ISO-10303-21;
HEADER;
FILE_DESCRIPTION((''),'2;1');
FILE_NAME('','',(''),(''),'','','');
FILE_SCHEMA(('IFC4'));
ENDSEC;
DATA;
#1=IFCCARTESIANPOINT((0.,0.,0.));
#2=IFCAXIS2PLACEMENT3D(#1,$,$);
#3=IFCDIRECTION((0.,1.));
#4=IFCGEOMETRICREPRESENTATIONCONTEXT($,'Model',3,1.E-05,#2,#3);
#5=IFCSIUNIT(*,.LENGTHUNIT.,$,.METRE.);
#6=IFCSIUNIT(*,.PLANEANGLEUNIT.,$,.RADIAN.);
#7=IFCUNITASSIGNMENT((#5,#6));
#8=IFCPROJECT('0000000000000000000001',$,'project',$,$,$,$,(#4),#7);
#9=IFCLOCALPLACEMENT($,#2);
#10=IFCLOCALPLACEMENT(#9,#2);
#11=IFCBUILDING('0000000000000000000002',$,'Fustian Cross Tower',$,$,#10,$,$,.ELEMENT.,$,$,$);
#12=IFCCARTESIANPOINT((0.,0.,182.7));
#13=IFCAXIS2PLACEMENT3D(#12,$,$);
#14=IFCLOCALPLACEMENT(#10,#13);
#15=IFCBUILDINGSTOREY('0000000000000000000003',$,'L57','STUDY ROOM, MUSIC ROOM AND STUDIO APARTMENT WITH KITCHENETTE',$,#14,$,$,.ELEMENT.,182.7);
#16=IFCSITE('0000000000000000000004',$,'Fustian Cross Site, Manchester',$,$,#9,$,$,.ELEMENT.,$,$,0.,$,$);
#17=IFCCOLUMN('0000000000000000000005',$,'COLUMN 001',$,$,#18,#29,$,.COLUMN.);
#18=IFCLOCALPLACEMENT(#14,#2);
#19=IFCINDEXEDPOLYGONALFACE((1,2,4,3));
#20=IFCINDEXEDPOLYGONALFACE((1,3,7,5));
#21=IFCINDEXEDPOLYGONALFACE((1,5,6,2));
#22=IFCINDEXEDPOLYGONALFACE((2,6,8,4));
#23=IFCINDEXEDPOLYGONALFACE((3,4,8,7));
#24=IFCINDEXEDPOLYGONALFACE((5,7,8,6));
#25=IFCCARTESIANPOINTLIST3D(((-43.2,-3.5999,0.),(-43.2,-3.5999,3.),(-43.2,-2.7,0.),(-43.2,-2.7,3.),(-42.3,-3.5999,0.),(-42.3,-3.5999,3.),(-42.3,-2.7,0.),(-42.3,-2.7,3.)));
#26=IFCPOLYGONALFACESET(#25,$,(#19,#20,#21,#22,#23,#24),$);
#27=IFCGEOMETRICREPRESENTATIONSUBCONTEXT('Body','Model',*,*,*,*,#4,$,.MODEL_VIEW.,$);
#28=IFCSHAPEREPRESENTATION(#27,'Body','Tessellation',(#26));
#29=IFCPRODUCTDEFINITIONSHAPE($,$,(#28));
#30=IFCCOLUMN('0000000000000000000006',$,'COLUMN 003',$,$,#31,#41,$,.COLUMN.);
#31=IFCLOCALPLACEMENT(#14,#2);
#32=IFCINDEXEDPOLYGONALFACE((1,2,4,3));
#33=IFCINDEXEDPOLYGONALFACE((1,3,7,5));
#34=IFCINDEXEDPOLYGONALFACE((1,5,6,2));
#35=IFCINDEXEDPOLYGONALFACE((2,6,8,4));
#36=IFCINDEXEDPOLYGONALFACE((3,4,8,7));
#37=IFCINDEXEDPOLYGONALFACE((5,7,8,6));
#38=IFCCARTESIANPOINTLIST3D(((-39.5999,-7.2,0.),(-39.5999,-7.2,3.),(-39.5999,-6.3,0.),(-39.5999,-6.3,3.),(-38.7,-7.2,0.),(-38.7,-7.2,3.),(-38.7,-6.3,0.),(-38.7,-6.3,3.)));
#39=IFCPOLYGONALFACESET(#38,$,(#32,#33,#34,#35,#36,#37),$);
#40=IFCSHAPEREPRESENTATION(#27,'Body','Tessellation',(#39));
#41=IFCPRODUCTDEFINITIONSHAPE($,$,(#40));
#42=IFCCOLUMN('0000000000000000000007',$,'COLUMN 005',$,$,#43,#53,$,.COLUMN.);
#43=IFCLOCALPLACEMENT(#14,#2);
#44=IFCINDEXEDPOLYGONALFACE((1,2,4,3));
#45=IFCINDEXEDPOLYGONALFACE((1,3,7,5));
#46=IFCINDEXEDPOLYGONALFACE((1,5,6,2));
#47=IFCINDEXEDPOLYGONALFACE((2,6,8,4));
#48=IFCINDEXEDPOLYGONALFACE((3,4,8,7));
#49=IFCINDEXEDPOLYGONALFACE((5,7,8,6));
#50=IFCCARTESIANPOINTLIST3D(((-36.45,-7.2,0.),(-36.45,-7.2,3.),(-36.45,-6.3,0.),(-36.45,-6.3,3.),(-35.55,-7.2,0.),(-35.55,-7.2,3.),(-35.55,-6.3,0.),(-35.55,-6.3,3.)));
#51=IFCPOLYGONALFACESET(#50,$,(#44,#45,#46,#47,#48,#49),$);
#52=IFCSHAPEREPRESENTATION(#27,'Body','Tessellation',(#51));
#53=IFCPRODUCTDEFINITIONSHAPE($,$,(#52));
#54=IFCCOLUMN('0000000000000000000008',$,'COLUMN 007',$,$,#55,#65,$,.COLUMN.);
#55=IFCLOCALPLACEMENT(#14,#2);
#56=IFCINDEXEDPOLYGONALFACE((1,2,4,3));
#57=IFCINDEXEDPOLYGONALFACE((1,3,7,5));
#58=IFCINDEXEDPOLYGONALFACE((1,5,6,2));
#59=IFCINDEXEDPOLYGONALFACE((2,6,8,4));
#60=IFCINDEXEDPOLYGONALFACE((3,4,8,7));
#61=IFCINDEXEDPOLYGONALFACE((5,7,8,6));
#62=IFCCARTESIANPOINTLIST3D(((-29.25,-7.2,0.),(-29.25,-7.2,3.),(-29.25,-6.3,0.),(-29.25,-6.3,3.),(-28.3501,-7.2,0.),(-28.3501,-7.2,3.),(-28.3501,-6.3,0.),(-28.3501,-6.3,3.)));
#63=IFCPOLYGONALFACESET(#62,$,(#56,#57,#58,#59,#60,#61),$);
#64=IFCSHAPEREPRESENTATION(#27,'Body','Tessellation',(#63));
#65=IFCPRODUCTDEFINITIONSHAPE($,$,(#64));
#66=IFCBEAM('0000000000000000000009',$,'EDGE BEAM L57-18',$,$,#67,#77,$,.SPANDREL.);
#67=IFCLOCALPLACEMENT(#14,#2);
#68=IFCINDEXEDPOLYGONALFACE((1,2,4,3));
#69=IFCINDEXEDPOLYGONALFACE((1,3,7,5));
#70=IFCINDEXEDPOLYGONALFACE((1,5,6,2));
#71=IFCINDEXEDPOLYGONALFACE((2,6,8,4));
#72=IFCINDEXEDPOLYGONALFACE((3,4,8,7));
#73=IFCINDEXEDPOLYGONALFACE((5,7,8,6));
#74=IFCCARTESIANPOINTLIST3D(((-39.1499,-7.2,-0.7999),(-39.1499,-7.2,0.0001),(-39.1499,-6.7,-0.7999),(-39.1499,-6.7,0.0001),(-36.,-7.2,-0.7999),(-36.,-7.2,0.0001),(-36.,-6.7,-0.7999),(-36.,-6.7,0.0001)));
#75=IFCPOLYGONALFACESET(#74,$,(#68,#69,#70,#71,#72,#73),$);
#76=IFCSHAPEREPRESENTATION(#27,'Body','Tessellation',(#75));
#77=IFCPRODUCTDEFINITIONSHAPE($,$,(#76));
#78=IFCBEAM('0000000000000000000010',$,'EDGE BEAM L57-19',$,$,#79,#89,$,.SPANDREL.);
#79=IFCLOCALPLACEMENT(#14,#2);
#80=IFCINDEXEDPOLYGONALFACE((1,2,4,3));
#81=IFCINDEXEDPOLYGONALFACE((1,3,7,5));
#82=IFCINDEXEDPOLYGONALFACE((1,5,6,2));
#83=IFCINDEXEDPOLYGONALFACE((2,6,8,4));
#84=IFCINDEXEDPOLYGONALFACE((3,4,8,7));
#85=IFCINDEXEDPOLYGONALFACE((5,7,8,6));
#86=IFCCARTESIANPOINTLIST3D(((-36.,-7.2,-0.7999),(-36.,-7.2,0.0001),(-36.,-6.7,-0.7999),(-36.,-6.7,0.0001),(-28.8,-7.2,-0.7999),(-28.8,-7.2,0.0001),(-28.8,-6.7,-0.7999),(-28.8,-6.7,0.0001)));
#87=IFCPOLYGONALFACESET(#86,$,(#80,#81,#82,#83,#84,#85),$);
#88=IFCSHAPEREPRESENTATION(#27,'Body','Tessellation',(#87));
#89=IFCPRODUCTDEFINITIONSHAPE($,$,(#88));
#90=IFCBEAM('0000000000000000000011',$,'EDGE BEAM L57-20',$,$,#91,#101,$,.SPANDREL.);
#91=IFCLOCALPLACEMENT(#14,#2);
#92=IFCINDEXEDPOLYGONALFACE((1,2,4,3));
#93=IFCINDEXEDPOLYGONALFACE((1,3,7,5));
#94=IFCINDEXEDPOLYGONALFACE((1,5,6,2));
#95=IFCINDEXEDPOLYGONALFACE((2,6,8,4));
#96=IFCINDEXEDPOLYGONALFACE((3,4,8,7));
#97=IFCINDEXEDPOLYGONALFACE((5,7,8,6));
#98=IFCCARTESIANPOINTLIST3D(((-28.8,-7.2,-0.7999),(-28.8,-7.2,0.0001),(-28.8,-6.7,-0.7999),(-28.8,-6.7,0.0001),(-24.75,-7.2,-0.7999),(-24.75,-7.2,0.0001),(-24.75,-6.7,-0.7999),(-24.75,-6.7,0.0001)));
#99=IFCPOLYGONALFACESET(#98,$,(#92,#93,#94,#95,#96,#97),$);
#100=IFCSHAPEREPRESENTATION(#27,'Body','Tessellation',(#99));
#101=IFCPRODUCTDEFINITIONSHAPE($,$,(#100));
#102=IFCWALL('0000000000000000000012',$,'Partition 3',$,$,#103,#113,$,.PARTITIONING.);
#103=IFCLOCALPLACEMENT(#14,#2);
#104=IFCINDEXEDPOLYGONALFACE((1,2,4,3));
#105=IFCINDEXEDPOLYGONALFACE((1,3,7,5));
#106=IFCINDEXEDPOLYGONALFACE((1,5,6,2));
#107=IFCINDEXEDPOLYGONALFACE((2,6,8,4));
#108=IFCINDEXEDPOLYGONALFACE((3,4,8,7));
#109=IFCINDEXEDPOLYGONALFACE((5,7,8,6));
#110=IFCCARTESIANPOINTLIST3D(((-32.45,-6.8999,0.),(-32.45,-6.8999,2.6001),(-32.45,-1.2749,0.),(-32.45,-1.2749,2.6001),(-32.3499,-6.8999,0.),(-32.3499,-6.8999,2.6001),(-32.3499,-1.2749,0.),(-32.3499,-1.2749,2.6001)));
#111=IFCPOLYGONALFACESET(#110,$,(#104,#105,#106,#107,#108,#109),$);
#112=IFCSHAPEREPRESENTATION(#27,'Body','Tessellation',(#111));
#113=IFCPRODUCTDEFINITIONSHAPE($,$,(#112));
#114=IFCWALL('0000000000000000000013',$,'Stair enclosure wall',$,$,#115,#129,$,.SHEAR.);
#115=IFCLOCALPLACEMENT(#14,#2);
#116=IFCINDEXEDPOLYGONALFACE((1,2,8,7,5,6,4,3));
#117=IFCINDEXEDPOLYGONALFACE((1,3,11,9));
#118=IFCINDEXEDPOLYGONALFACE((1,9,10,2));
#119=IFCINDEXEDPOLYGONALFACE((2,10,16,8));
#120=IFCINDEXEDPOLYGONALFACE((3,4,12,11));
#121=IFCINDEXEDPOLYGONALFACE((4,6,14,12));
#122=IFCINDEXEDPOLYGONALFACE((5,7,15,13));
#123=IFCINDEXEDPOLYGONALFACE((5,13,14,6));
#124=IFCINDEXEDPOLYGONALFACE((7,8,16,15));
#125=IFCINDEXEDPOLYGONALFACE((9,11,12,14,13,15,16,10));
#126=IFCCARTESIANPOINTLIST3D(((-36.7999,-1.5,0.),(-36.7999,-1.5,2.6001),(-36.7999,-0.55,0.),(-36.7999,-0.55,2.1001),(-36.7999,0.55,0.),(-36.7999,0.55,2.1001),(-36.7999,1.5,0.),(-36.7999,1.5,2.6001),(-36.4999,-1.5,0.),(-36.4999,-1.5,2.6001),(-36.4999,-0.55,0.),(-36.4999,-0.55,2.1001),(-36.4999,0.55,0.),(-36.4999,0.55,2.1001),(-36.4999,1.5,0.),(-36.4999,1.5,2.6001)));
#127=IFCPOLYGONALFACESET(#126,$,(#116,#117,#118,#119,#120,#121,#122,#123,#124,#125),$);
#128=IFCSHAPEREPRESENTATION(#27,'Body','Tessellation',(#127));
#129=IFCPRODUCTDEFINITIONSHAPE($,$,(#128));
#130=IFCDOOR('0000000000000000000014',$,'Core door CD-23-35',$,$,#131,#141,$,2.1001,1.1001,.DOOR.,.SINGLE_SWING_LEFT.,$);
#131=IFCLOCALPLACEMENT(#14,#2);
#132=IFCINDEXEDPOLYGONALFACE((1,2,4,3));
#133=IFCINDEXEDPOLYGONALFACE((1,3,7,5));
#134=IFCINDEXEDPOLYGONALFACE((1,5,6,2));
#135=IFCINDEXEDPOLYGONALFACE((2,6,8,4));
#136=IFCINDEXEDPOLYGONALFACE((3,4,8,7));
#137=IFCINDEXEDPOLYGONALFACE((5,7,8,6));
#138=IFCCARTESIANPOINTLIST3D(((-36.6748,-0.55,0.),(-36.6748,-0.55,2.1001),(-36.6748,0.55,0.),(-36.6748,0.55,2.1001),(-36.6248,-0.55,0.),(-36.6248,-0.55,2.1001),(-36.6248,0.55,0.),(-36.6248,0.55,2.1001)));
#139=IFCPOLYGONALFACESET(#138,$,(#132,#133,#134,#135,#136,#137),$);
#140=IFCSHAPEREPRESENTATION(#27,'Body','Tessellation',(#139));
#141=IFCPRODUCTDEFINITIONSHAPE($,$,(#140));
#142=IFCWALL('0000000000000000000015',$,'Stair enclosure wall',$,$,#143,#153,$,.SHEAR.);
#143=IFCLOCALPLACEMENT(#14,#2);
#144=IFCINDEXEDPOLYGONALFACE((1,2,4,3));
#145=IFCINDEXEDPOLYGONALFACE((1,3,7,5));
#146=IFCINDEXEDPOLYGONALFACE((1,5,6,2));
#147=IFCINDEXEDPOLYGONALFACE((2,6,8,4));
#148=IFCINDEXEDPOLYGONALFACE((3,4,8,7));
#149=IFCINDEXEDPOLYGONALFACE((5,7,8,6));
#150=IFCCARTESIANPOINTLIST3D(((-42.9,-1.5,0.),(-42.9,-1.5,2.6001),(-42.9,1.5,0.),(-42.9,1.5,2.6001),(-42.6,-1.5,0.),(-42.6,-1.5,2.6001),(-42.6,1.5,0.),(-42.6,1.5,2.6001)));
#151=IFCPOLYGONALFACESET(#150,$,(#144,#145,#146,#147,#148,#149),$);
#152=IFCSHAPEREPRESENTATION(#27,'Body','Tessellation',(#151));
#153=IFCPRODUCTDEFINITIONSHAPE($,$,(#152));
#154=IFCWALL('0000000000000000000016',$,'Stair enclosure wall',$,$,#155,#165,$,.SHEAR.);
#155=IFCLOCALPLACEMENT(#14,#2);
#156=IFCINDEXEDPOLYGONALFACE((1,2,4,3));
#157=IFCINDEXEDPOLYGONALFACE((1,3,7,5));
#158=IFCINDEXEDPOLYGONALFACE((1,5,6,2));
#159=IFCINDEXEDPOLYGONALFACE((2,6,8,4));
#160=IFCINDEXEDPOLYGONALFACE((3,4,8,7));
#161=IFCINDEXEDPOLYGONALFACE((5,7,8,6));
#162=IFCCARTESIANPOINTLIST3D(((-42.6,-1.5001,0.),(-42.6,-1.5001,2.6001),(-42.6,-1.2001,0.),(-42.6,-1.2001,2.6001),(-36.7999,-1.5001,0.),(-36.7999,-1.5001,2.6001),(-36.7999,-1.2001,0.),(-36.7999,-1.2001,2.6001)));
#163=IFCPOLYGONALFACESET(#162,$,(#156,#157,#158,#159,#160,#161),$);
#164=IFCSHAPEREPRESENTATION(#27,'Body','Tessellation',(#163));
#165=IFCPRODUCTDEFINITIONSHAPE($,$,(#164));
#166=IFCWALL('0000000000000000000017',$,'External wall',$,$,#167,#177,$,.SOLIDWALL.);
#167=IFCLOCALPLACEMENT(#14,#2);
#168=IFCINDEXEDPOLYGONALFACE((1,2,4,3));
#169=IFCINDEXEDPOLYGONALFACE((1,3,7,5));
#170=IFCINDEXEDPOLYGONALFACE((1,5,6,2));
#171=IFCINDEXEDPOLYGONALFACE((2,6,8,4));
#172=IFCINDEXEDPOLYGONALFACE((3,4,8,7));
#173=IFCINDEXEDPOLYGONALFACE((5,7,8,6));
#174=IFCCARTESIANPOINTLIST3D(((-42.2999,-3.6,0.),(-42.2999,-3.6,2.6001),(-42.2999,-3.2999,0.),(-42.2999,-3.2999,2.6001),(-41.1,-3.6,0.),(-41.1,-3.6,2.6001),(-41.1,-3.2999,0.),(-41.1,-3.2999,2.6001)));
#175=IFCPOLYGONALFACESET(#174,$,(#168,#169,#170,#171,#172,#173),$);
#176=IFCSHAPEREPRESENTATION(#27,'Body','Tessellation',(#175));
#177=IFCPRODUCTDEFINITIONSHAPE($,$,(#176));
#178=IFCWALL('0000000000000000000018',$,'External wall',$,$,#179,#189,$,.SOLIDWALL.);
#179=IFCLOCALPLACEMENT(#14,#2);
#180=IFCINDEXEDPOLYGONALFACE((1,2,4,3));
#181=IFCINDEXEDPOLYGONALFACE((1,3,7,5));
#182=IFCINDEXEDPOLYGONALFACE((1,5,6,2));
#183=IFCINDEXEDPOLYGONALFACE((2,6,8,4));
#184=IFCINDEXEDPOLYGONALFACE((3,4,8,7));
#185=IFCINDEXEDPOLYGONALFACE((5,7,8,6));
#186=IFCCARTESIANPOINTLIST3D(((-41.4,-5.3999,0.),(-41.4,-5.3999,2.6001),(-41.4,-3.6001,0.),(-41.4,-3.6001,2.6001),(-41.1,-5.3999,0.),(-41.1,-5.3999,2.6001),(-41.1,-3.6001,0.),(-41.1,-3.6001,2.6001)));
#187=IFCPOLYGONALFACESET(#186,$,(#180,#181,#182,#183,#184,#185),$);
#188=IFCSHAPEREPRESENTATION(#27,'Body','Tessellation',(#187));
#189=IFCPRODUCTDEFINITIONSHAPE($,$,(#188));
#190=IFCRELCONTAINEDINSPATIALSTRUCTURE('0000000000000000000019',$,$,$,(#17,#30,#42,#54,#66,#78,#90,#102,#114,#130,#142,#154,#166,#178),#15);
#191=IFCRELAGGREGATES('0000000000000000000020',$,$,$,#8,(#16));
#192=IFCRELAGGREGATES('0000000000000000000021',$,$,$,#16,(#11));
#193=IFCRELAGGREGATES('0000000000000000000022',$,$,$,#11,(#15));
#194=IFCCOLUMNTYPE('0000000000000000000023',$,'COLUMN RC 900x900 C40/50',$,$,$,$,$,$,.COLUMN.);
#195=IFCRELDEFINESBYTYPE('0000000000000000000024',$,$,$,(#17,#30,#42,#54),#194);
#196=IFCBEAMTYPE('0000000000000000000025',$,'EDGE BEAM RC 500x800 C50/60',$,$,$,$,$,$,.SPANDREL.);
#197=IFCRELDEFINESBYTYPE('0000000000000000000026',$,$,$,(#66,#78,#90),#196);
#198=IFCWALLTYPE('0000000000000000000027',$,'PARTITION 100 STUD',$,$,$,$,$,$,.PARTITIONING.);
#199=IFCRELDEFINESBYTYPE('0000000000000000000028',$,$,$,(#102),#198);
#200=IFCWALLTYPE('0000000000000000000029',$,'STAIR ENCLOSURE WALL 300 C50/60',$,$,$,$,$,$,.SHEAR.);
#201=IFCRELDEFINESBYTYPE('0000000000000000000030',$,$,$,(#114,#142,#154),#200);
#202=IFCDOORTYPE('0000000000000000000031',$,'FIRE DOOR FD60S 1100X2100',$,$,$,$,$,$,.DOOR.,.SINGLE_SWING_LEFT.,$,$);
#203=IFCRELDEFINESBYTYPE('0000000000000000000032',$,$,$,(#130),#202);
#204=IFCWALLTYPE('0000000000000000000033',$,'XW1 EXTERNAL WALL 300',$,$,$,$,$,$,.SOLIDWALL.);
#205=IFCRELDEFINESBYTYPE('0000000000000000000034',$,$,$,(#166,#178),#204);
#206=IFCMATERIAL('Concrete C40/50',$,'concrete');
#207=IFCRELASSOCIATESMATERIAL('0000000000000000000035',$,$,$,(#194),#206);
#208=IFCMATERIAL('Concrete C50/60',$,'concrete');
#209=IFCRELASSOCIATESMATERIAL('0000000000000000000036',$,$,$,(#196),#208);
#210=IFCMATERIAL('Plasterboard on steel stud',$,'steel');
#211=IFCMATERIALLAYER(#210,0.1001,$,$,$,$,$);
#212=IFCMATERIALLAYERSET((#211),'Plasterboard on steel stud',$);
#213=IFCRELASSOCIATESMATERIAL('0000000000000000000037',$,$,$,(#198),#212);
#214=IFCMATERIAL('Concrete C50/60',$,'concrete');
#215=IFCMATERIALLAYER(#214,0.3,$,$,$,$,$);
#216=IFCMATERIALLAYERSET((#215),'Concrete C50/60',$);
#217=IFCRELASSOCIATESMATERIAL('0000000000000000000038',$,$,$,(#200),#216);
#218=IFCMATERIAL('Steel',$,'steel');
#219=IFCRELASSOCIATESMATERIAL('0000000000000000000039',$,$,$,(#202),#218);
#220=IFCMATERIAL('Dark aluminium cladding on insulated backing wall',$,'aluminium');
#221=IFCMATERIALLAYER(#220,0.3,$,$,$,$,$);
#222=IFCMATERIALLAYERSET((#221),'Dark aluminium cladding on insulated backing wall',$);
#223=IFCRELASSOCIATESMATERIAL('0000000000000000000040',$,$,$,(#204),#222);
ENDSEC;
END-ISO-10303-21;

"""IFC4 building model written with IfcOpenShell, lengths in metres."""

from ifc_helpers import new_model, si_unit, direction, frame, frame_2d, origin, origin_2d, place, context, subcontext, project, spatial, rectangle, extrude, material, layer, layer_set, material_profile, profile_set, type_object, element, fill, save


model = new_model("IFC4")

# Units and contexts
model_context = context("Model", 3, precision=1e-05, world=origin(), true_north=direction((0.0, 1.0)))
body_context = subcontext(model_context, "Body", "Model", "MODEL_VIEW")
ifc_project = project(units=[si_unit("LENGTHUNIT", "METRE"), si_unit("PLANEANGLEUNIT", "RADIAN")], contexts=[model_context])

# Site, building, storey
site_placement = place(None, origin())
site = spatial("IfcSite", under=ifc_project, at=site_placement, Name="Fustian Cross Site, Manchester", CompositionType="ELEMENT", RefElevation=0.0)
building_placement = place(site_placement, origin())
building = spatial("IfcBuilding", under=site, at=building_placement, Name="Fustian Cross Tower", CompositionType="ELEMENT")
storey_placement = place(building_placement, frame((0.0, 0.0, 182.7)))
storey = spatial("IfcBuildingStorey", under=building, at=storey_placement, Name="L57", Description="STUDY ROOM, MUSIC ROOM AND STUDIO APARTMENT WITH KITCHENETTE", CompositionType="ELEMENT", Elevation=182.7)

# Columns
ifc_material_1 = material(Name="Concrete C40/50", Category="concrete")
ifc_material_profile_1 = material_profile(ifc_material_1, rectangle(XDim=0.8999, YDim=0.8999, at=origin_2d()), Name="RC 900x900")
ifc_profile_set_1 = profile_set([ifc_material_profile_1], Name="Concrete C40/50")
column_type = type_object("IfcColumnType", Name="COLUMN RC 900x900 C40/50", PredefinedType="COLUMN", material=ifc_profile_set_1)
for number, where, z_axis, x_axis, name in (
    (1, (-42.75, -3.1499, 0.0), (0.0, 0.0, 1.0), (1.0, 0.0, 0.0), "COLUMN 001"),
    (2, (-39.1499, -6.75, 0.0), (0.0, 0.0, 1.0), (1.0, 0.0, 0.0), "COLUMN 003"),
    (3, (-36.0, -6.75, 0.0), (0.0, 0.0, 1.0), (1.0, 0.0, 0.0), "COLUMN 005"),
    (4, (-28.8, -6.75, 0.0), (0.0, 0.0, 1.0), (1.0, 0.0, 0.0), "COLUMN 007"),
):
    element("IfcColumn", number, at=place(storey_placement, frame(where, z_axis=z_axis, x_axis=x_axis)), inside=storey, type_object=column_type, Name=name, PredefinedType="COLUMN", context=body_context, shape_type="SweptSolid", body=[
        extrude(rectangle(XDim=0.8999, YDim=0.8999, at=origin_2d()), origin(), (0.0, 0.0, 1.0), 3.0),
    ])

# Beams
ifc_material_2 = material(Name="Concrete C50/60", Category="concrete")
ifc_material_profile_2 = material_profile(ifc_material_2, rectangle(XDim=0.5, YDim=0.8, at=origin_2d()), Name="RC 500x800")
ifc_profile_set_2 = profile_set([ifc_material_profile_2], Name="Concrete C50/60")
beam_type = type_object("IfcBeamType", Name="EDGE BEAM RC 500x800 C50/60", PredefinedType="SPANDREL", material=ifc_profile_set_2)
beam_1_placement = place(storey_placement, frame((-39.1499, -6.95, -0.3999), z_axis=(1.0, 0.0, 0.0), x_axis=(0.0, 1.0, 0.0)))
element("IfcBeam", 5, at=beam_1_placement, inside=storey, type_object=beam_type, Name="EDGE BEAM L57-18", PredefinedType="SPANDREL", context=body_context, shape_type="SweptSolid", body=[
    extrude(rectangle(XDim=0.5, YDim=0.8, at=origin_2d()), origin(), (0.0, 0.0, 1.0), 3.1499),
])
beam_2_placement = place(storey_placement, frame((-36.0, -6.95, -0.3999), z_axis=(1.0, 0.0, 0.0), x_axis=(0.0, 1.0, 0.0)))
element("IfcBeam", 6, at=beam_2_placement, inside=storey, type_object=beam_type, Name="EDGE BEAM L57-19", PredefinedType="SPANDREL", context=body_context, shape_type="SweptSolid", body=[
    extrude(rectangle(XDim=0.5, YDim=0.8, at=origin_2d()), origin(), (0.0, 0.0, 1.0), 7.2),
])
beam_3_placement = place(storey_placement, frame((-28.8, -6.95, -0.3999), z_axis=(1.0, 0.0, 0.0), x_axis=(0.0, 1.0, 0.0)))
element("IfcBeam", 7, at=beam_3_placement, inside=storey, type_object=beam_type, Name="EDGE BEAM L57-20", PredefinedType="SPANDREL", context=body_context, shape_type="SweptSolid", body=[
    extrude(rectangle(XDim=0.5, YDim=0.8, at=origin_2d()), origin(), (0.0, 0.0, 1.0), 4.05),
])

# Wall
ifc_material_3 = material(Name="Plasterboard on steel stud", Category="steel")
ifc_layer_1 = layer(ifc_material_3, 0.1001)
ifc_layer_set_1 = layer_set([ifc_layer_1], Name="Plasterboard on steel stud")
wall_type_1 = type_object("IfcWallType", Name="PARTITION 100 STUD", PredefinedType="PARTITIONING", material=ifc_layer_set_1)
wall_1_placement = place(storey_placement, frame((-32.3999, -6.8999, 0.0), z_axis=(0.0, 0.0, 1.0), x_axis=(0.0, 1.0, 0.0)))
element("IfcWall", 8, at=wall_1_placement, inside=storey, type_object=wall_type_1, Name="Partition 3", PredefinedType="PARTITIONING", context=body_context, shape_type="SweptSolid", body=[
    extrude(rectangle(XDim=5.625, YDim=0.1001, at=frame_2d((2.8125, 0.0))), origin(), (0.0, 0.0, 1.0), 2.6001),
])

# Wall, opening, door
ifc_material_4 = material(Name="Concrete C50/60", Category="concrete")
ifc_layer_2 = layer(ifc_material_4, 0.3)
ifc_layer_set_2 = layer_set([ifc_layer_2], Name="Concrete C50/60")
wall_type_2 = type_object("IfcWallType", Name="STAIR ENCLOSURE WALL 300 C50/60", PredefinedType="SHEAR", material=ifc_layer_set_2)
wall_2_placement = place(storey_placement, frame((-36.6499, -1.5, 0.0), z_axis=(0.0, 0.0, 1.0), x_axis=(0.0, 1.0, 0.0)))
wall_2 = element("IfcWall", 9, at=wall_2_placement, inside=storey, type_object=wall_type_2, Name="Stair enclosure wall", PredefinedType="SHEAR", context=body_context, shape_type="SweptSolid", body=[
    extrude(rectangle(XDim=3.0, YDim=0.3, at=frame_2d((1.5, 0.0))), origin(), (0.0, 0.0, 1.0), 2.6001),
])
opening_1_placement = place(wall_2_placement, frame((0.95, 0.0, 0.0)))
opening_1 = element("IfcOpeningElement", 10, at=opening_1_placement, cuts=wall_2, PredefinedType="OPENING", context=body_context, shape_type="SweptSolid", body=[
    extrude(rectangle(XDim=1.1001, YDim=2.1001, at=frame_2d((0.55, 1.05))), frame((0.0, 0.1599, 0.0), z_axis=(0.0, -1.0, 0.0), x_axis=(1.0, 0.0, 0.0)), (0.0, 0.0, 1.0), 0.3201),
])
ifc_material_5 = material(Name="Steel", Category="steel")
door_type = type_object("IfcDoorType", Name="FIRE DOOR FD60S 1100X2100", OperationType="SINGLE_SWING_LEFT", PredefinedType="DOOR", material=ifc_material_5)
door_placement = place(opening_1_placement, origin())
door = element("IfcDoor", 11, at=door_placement, inside=storey, type_object=door_type, Name="Core door CD-23-35", OperationType="SINGLE_SWING_LEFT", OverallHeight=2.1001, OverallWidth=1.1001, PredefinedType="DOOR", context=body_context, shape_type="SweptSolid", body=[
    extrude(rectangle(XDim=1.1001, YDim=2.1001, at=frame_2d((0.55, 1.05))), frame((0.0, 0.0249, 0.0), z_axis=(0.0, -1.0, 0.0), x_axis=(1.0, 0.0, 0.0)), (0.0, 0.0, 1.0), 0.05),
])
fill(opening_1, door)

# Walls
wall_3_placement = place(storey_placement, frame((-42.75, -1.5, 0.0), z_axis=(0.0, 0.0, 1.0), x_axis=(0.0, 1.0, 0.0)))
element("IfcWall", 12, at=wall_3_placement, inside=storey, type_object=wall_type_2, Name="Stair enclosure wall", PredefinedType="SHEAR", context=body_context, shape_type="SweptSolid", body=[
    extrude(rectangle(XDim=3.0, YDim=0.3, at=frame_2d((1.5, 0.0))), origin(), (0.0, 0.0, 1.0), 2.6001),
])
wall_4_placement = place(storey_placement, frame((-36.8, -1.3501, 0.0), z_axis=(0.0, 0.0, 1.0), x_axis=(-1.0, 0.0, 0.0)))
element("IfcWall", 13, at=wall_4_placement, inside=storey, type_object=wall_type_2, Name="Stair enclosure wall", PredefinedType="SHEAR", context=body_context, shape_type="SweptSolid", body=[
    extrude(rectangle(XDim=5.8, YDim=0.3, at=frame_2d((2.8999, 0.0))), origin(), (0.0, 0.0, 1.0), 2.6001),
])
ifc_material_6 = material(Name="Dark aluminium cladding on insulated backing wall", Category="aluminium")
ifc_layer_3 = layer(ifc_material_6, 0.3)
ifc_layer_set_3 = layer_set([ifc_layer_3], Name="Dark aluminium cladding on insulated backing wall")
wall_type_3 = type_object("IfcWallType", Name="XW1 EXTERNAL WALL 300", PredefinedType="SOLIDWALL", material=ifc_layer_set_3)
wall_5_placement = place(storey_placement, frame((-42.3, -3.45, 0.0), z_axis=(0.0, 0.0, 1.0), x_axis=(1.0, 0.0, 0.0)))
element("IfcWall", 14, at=wall_5_placement, inside=storey, type_object=wall_type_3, Name="External wall", PredefinedType="SOLIDWALL", context=body_context, shape_type="SweptSolid", body=[
    extrude(rectangle(XDim=1.2, YDim=0.3, at=frame_2d((0.6001, 0.0))), origin(), (0.0, 0.0, 1.0), 2.6001),
])
wall_6_placement = place(storey_placement, frame((-41.25, -3.6001, 0.0), z_axis=(0.0, 0.0, 1.0), x_axis=(0.0, -1.0, 0.0)))
element("IfcWall", 15, at=wall_6_placement, inside=storey, type_object=wall_type_3, Name="External wall", PredefinedType="SOLIDWALL", context=body_context, shape_type="SweptSolid", body=[
    extrude(rectangle(XDim=1.7998, YDim=0.3, at=frame_2d((0.8999, 0.0))), origin(), (0.0, 0.0, 1.0), 2.6001),
])

save(model, "model.ifc")
